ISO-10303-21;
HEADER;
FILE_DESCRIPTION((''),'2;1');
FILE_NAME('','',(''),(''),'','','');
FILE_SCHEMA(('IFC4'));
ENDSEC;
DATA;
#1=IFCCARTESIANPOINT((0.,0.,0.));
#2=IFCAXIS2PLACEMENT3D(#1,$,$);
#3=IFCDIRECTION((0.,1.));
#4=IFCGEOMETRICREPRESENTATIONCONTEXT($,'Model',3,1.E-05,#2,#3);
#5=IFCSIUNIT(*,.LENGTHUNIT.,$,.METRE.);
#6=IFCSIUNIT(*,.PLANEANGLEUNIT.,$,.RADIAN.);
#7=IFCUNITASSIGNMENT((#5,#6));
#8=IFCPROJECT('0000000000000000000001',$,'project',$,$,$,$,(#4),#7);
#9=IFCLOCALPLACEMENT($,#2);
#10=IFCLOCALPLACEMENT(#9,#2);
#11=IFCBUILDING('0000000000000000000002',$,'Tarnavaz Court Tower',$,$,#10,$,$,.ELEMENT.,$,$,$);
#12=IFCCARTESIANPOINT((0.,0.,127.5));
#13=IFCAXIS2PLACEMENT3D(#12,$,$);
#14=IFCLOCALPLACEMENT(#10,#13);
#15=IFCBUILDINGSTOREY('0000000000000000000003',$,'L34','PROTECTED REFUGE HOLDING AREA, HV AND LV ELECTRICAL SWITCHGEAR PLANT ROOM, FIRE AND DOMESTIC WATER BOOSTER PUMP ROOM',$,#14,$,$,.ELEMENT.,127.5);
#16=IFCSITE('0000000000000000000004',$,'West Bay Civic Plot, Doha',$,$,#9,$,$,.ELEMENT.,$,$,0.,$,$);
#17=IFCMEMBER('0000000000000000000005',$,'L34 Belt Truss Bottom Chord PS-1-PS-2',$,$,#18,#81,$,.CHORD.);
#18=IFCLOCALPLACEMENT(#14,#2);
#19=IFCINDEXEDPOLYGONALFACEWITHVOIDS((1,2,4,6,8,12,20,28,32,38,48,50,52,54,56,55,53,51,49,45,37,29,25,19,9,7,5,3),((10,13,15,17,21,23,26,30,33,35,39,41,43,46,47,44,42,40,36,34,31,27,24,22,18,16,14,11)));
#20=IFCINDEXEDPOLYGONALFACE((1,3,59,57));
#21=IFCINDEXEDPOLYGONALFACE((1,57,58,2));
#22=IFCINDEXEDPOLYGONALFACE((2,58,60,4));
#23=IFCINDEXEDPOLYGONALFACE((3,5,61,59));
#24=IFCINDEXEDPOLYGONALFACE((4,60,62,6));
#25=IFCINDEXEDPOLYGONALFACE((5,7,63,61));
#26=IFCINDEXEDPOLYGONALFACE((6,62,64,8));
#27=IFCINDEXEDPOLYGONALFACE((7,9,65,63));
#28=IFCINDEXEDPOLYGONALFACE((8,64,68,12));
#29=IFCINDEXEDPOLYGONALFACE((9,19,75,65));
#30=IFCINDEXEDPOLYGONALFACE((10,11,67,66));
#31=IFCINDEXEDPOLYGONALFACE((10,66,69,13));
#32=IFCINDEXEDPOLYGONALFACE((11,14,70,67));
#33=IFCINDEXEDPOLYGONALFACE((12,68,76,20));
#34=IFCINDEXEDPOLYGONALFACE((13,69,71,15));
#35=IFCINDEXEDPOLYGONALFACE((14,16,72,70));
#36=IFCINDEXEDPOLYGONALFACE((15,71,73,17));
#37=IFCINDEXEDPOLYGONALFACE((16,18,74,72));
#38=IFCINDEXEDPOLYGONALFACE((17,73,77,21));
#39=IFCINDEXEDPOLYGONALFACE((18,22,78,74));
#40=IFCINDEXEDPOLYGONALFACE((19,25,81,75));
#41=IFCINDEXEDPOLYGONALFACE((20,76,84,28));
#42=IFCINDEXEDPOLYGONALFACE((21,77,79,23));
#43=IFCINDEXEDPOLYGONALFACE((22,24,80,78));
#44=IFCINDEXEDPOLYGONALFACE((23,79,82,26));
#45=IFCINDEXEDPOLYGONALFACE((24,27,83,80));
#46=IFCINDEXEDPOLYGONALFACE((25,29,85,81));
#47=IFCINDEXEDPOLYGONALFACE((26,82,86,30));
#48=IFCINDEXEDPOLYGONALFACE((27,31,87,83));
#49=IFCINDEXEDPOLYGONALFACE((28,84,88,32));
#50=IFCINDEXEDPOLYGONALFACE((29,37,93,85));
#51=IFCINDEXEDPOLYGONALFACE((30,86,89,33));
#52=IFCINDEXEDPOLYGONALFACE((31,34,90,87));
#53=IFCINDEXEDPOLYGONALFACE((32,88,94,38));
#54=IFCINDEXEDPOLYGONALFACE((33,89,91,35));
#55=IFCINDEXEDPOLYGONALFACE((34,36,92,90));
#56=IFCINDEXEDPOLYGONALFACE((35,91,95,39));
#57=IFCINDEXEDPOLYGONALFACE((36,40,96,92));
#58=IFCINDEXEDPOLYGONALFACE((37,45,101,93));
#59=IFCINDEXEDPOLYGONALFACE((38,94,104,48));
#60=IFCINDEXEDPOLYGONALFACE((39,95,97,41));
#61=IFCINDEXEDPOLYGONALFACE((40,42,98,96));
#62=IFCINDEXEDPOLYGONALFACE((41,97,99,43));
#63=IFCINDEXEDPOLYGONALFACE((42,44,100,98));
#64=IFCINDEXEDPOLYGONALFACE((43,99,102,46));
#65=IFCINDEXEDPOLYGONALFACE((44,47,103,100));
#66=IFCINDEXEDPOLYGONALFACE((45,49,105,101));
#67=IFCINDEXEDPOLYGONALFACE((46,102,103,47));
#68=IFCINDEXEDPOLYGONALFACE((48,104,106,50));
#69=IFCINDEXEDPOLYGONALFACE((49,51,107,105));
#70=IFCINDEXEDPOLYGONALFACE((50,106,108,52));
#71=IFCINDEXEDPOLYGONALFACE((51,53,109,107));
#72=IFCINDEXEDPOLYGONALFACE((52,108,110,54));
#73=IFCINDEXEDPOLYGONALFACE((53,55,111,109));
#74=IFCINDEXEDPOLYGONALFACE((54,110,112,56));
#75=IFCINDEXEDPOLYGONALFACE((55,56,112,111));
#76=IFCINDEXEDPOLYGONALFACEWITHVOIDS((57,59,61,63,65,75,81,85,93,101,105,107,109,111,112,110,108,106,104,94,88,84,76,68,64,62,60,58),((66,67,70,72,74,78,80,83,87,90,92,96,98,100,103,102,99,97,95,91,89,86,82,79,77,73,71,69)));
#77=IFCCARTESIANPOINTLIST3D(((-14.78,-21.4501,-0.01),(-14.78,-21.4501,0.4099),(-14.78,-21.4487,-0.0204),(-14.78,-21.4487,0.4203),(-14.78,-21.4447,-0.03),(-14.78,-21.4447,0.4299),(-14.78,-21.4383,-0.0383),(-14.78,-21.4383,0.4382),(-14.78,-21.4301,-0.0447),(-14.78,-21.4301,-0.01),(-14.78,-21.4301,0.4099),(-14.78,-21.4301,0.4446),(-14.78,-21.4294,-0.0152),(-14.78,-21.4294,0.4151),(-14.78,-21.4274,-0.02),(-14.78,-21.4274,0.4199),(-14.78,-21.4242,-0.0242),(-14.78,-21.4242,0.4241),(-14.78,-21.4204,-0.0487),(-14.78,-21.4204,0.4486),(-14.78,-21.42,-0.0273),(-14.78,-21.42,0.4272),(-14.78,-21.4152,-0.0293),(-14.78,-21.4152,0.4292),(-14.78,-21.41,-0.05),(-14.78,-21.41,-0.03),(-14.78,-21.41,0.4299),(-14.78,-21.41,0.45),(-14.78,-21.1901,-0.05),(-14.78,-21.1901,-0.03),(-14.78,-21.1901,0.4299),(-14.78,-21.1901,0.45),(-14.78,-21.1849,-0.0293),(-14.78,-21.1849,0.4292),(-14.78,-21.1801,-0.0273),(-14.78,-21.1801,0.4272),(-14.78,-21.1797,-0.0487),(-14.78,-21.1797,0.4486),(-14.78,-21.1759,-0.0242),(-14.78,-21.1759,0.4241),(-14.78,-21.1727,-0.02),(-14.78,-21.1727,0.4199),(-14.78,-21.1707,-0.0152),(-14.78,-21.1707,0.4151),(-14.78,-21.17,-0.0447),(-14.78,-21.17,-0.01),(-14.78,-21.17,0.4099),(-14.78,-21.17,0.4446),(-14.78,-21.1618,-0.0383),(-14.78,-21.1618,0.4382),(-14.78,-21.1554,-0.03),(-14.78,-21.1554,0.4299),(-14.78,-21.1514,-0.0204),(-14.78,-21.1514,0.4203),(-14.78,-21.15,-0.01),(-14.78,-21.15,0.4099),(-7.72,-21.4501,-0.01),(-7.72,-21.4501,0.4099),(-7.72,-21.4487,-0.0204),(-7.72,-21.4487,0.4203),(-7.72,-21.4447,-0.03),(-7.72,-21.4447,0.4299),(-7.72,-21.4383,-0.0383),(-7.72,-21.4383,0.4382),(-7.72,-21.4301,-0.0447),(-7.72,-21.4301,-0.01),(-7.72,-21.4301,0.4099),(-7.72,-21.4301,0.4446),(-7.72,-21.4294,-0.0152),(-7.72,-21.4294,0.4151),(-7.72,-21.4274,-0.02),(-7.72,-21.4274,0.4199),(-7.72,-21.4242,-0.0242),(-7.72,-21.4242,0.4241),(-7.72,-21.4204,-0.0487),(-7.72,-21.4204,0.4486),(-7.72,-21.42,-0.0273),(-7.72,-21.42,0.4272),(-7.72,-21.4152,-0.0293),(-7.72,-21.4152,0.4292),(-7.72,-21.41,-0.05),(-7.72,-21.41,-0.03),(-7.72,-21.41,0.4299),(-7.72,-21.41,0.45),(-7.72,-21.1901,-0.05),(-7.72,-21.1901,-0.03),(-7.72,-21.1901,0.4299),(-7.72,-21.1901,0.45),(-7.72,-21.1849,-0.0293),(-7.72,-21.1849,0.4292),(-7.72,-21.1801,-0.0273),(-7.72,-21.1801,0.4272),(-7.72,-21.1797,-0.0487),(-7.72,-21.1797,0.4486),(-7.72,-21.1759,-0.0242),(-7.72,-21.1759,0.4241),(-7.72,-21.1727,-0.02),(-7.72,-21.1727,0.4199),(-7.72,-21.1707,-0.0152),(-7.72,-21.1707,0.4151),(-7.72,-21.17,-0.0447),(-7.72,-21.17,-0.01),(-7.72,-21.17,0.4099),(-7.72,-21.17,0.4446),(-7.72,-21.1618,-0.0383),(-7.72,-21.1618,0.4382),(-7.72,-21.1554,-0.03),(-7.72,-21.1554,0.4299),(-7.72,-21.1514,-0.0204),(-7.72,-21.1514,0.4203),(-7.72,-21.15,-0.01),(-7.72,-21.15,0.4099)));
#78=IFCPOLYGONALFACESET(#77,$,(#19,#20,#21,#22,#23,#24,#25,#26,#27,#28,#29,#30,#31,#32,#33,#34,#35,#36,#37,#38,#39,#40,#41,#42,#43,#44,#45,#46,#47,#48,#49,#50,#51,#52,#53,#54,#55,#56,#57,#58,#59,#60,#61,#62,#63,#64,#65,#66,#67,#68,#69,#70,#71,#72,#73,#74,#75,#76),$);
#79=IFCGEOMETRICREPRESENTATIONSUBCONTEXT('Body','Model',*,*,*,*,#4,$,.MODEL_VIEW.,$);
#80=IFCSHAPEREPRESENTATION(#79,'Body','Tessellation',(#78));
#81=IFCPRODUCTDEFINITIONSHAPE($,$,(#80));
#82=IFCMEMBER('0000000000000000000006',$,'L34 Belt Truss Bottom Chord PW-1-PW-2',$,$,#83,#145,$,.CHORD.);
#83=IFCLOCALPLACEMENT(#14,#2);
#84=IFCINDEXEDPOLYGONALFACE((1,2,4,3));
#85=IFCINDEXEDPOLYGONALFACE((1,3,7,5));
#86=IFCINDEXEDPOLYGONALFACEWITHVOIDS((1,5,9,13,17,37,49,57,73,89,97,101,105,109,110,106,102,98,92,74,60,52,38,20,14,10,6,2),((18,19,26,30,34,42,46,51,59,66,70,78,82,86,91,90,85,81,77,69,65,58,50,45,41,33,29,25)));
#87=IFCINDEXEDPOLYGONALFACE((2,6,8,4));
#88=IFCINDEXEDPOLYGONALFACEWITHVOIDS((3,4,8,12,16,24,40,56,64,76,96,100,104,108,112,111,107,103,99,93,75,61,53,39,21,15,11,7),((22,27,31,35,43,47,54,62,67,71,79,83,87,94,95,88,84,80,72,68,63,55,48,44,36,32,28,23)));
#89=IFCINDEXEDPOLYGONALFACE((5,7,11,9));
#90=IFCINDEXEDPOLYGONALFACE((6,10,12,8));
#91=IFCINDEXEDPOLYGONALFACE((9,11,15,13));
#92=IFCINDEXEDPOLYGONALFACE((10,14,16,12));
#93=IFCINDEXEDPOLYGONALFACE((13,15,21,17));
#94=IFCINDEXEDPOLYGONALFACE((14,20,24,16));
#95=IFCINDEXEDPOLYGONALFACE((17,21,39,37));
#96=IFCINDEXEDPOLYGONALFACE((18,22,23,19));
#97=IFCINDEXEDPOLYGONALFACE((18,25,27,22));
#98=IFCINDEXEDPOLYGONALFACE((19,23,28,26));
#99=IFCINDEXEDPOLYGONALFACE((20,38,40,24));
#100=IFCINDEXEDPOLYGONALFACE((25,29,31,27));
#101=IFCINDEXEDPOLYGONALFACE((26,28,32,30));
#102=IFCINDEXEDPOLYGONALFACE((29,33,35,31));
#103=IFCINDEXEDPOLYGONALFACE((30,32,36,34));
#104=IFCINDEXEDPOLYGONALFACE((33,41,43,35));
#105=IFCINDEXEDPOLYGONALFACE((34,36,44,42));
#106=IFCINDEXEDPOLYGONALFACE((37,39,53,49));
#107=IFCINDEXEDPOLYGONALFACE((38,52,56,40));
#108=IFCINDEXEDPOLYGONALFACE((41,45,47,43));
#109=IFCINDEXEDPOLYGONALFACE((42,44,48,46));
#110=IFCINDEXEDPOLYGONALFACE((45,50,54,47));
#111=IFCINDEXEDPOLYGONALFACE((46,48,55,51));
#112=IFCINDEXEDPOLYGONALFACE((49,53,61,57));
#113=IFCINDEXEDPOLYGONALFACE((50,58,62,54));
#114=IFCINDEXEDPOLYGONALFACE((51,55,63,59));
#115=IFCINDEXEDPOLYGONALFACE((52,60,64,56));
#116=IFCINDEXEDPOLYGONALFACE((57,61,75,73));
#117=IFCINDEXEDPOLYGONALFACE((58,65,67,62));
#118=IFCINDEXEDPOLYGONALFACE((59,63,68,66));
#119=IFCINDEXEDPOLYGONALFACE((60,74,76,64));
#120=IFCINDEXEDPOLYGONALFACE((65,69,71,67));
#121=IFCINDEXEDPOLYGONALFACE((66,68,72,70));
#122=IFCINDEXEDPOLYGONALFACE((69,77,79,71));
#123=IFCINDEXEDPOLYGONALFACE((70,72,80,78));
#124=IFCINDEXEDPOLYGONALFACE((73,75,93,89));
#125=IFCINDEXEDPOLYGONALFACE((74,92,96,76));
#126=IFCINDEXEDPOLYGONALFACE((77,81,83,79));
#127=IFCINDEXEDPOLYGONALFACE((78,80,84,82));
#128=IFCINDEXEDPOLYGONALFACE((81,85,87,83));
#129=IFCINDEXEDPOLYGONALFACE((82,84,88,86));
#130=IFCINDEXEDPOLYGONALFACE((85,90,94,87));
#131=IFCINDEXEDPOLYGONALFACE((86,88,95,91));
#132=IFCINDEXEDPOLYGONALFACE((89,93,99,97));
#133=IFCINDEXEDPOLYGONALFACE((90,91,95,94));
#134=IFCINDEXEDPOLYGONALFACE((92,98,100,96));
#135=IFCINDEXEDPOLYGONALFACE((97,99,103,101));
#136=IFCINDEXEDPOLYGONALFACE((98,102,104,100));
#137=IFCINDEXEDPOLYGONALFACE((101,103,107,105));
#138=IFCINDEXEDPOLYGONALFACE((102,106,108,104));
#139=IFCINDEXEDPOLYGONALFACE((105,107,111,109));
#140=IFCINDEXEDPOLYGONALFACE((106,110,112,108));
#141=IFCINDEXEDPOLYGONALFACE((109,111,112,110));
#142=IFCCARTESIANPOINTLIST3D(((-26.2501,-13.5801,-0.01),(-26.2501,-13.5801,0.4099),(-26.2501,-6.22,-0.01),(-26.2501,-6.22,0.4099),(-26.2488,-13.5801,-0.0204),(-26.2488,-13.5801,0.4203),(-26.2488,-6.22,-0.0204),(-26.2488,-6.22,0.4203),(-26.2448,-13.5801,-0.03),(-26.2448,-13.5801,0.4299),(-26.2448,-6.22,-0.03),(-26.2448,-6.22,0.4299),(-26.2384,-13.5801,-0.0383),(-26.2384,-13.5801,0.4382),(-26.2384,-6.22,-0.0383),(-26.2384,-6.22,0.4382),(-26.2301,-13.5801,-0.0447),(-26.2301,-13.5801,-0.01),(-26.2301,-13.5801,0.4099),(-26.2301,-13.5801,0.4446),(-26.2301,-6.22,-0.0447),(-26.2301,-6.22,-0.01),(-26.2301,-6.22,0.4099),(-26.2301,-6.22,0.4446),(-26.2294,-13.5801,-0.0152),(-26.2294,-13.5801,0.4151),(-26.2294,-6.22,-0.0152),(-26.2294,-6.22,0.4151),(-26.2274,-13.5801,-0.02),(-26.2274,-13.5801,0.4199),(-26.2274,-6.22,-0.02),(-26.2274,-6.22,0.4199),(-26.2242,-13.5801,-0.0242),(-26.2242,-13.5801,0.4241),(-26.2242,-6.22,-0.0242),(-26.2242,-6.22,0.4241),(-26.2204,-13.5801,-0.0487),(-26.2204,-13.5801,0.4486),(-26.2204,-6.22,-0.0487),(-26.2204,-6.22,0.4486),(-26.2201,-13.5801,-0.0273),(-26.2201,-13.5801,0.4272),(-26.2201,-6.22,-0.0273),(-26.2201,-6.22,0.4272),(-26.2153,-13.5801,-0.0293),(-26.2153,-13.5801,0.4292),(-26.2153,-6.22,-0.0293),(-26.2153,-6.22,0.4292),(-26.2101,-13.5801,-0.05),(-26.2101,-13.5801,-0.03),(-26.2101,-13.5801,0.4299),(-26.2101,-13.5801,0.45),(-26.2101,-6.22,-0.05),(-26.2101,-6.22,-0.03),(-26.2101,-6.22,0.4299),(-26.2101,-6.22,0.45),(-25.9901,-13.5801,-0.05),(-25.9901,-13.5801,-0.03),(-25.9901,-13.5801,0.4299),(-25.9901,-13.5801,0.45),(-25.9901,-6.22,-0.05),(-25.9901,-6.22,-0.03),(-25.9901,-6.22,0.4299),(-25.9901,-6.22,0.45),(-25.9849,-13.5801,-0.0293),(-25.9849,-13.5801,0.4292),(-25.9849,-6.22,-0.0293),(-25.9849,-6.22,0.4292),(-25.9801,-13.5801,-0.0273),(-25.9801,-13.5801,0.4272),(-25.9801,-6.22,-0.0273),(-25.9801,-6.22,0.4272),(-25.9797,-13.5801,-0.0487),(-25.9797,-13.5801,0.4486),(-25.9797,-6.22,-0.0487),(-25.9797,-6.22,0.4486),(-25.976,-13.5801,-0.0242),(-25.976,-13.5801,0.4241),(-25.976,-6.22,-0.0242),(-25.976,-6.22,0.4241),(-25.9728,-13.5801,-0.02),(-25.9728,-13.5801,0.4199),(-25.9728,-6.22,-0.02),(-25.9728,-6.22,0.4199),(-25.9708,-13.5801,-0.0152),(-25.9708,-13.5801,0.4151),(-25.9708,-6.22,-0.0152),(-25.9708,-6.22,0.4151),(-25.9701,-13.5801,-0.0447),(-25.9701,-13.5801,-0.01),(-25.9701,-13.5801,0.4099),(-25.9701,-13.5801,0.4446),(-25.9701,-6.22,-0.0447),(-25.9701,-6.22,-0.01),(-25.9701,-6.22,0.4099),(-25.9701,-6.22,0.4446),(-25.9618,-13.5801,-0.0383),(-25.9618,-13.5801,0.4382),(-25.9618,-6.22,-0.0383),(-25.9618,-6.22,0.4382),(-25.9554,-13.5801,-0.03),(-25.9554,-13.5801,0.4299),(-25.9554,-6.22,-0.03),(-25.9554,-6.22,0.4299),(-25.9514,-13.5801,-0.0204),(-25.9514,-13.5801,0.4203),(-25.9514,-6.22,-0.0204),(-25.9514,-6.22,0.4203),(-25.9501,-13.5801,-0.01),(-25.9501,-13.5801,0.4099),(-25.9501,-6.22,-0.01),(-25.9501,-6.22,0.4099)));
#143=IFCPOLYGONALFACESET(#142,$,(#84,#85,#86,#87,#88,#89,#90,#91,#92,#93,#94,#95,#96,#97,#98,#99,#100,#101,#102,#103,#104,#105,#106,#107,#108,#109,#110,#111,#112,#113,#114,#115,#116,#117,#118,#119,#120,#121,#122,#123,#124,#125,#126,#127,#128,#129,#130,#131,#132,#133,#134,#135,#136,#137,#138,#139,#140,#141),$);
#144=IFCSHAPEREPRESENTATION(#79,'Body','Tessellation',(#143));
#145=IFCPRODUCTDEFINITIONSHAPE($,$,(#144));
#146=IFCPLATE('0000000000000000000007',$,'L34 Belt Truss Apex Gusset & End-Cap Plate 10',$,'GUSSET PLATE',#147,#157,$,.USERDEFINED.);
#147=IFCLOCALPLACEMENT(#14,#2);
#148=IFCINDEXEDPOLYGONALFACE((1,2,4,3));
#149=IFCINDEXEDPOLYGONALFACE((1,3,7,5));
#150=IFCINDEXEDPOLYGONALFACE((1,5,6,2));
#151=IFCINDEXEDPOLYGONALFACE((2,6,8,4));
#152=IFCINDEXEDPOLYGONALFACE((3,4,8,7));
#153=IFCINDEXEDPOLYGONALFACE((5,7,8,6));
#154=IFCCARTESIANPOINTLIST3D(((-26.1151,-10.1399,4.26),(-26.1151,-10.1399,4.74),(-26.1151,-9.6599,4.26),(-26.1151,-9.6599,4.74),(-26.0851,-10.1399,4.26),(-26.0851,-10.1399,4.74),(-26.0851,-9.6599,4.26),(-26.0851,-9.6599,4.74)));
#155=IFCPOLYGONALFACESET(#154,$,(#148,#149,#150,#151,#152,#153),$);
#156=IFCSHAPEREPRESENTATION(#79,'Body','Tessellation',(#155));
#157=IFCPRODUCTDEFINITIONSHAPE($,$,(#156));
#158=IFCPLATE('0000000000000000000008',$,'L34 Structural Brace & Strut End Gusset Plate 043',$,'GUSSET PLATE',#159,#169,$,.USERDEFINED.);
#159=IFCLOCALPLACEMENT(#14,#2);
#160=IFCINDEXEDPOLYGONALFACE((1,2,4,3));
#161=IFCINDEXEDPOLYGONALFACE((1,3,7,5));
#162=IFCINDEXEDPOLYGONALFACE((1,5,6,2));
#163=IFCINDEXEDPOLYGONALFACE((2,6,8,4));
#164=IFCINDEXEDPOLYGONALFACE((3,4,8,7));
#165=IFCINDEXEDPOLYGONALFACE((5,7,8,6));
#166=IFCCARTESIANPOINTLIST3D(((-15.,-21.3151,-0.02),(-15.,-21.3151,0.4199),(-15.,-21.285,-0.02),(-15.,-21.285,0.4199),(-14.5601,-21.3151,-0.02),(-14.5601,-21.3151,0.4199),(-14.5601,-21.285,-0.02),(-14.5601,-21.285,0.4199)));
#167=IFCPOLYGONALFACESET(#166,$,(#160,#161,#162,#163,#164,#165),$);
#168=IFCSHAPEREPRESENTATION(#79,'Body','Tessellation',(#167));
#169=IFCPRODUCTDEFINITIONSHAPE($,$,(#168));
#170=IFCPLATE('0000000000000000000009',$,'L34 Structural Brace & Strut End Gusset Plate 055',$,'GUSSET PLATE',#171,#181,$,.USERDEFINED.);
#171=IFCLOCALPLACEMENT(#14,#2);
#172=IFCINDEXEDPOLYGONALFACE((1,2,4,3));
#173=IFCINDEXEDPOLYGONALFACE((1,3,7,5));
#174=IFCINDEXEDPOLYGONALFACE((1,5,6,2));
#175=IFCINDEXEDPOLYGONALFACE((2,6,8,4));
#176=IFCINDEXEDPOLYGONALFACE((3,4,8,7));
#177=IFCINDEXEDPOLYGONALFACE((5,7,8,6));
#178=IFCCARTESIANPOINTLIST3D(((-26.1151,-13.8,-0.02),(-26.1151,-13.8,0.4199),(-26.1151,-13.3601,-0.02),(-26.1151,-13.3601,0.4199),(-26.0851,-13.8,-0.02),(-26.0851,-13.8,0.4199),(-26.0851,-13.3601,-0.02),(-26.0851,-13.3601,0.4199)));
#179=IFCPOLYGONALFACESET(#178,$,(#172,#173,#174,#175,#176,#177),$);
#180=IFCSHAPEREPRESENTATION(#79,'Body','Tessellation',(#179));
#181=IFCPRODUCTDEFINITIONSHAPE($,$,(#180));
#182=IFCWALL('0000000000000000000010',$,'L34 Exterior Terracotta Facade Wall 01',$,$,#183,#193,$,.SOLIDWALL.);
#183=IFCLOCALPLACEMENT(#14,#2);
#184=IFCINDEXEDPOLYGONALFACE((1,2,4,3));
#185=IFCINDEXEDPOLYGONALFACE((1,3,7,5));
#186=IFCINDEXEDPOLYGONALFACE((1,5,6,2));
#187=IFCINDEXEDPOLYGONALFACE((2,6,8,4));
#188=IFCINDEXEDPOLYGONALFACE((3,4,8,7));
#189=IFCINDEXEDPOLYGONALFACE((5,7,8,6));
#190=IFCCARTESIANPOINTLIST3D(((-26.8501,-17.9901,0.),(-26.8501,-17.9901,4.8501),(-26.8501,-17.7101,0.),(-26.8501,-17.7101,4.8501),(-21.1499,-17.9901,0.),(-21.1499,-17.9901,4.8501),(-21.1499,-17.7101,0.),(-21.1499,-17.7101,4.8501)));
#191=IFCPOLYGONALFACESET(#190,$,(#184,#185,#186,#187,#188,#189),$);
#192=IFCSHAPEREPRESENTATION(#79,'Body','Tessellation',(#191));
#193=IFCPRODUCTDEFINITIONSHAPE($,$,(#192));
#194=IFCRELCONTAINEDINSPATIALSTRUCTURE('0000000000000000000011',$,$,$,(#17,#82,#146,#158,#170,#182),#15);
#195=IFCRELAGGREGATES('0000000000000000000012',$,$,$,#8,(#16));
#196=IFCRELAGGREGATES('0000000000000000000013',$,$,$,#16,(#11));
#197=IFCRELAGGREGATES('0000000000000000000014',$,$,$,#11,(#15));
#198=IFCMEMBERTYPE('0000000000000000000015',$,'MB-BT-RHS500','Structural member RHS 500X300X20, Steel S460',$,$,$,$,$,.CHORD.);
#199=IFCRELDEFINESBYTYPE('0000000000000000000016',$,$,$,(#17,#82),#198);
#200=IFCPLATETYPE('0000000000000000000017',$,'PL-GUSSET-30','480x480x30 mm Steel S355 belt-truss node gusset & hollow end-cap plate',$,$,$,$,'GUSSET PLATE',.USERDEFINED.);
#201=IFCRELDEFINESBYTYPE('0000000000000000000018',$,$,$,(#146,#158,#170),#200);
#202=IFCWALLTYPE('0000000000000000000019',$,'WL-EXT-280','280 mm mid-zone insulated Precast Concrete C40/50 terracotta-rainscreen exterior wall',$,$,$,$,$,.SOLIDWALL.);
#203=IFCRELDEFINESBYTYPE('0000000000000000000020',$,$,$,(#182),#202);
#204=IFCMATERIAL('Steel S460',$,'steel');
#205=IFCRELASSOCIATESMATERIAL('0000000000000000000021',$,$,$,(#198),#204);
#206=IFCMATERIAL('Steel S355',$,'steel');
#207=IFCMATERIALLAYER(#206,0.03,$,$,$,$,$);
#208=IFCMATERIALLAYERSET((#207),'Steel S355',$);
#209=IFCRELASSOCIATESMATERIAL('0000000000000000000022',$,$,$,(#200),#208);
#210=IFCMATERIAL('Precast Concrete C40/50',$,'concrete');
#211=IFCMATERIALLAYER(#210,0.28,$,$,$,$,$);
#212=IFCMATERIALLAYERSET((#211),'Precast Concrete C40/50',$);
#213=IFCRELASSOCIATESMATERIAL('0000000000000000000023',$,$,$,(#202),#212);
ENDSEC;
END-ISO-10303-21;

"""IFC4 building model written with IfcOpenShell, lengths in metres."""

from ifc_helpers import new_model, si_unit, direction, frame, frame_2d, origin, origin_2d, place, context, subcontext, project, spatial, rectangle, hollow_rectangle, extrude, material, layer, layer_set, material_profile, profile_set, type_object, element, save


model = new_model("IFC4")

# Units and contexts
model_context = context("Model", 3, precision=1e-05, world=origin(), true_north=direction((0.0, 1.0)))
body_context = subcontext(model_context, "Body", "Model", "MODEL_VIEW")
ifc_project = project(units=[si_unit("LENGTHUNIT", "METRE"), si_unit("PLANEANGLEUNIT", "RADIAN")], contexts=[model_context])

# Site, building, storey
site_placement = place(None, origin())
site = spatial("IfcSite", under=ifc_project, at=site_placement, Name="West Bay Civic Plot, Doha", CompositionType="ELEMENT", RefElevation=0.0)
building_placement = place(site_placement, origin())
building = spatial("IfcBuilding", under=site, at=building_placement, Name="Tarnavaz Court Tower", CompositionType="ELEMENT")
storey_placement = place(building_placement, frame((0.0, 0.0, 127.5)))
storey = spatial("IfcBuildingStorey", under=building, at=storey_placement, Name="L34", Description="PROTECTED REFUGE HOLDING AREA, HV AND LV ELECTRICAL SWITCHGEAR PLANT ROOM, FIRE AND DOMESTIC WATER BOOSTER PUMP ROOM", CompositionType="ELEMENT", Elevation=127.5)

# Shared definitions
ifc_material_1 = material(Name="Steel S460", Category="steel")

# Shared definitions
ifc_material_2 = material(Name="Steel S355", Category="steel")

# Members
ifc_material_profile_1 = material_profile(ifc_material_1, hollow_rectangle(XDim=0.3, YDim=0.5, WallThickness=0.02, InnerFilletRadius=0.02, OuterFilletRadius=0.04, at=origin_2d()), Name="RHS 500X300X20")
ifc_profile_set_1 = profile_set([ifc_material_profile_1], Name="Steel S460")
member_type_1 = type_object("IfcMemberType", Name="MB-BT-RHS500", Description="Structural member RHS 500X300X20, Steel S460", PredefinedType="CHORD", material=ifc_profile_set_1)
member_1_placement = place(storey_placement, frame((-14.78, -21.3, 0.2), z_axis=(1.0, 0.0, 0.0), x_axis=(0.0, 1.0, 0.0)))
element("IfcMember", 1, at=member_1_placement, inside=storey, type_object=member_type_1, Name="L34 Belt Truss Bottom Chord PS-1-PS-2", PredefinedType="CHORD", context=body_context, shape_type="SweptSolid", body=[
    extrude(hollow_rectangle(XDim=0.3, YDim=0.5, WallThickness=0.02, InnerFilletRadius=0.02, OuterFilletRadius=0.04, at=origin_2d()), origin(), (0.0, 0.0, 1.0), 7.0601),
])
member_2_placement = place(storey_placement, frame((-26.1001, -13.5801, 0.2), z_axis=(0.0, 1.0, 0.0), x_axis=(-1.0, 0.0, 0.0)))
element("IfcMember", 2, at=member_2_placement, inside=storey, type_object=member_type_1, Name="L34 Belt Truss Bottom Chord PW-1-PW-2", PredefinedType="CHORD", context=body_context, shape_type="SweptSolid", body=[
    extrude(hollow_rectangle(XDim=0.3, YDim=0.5, WallThickness=0.02, InnerFilletRadius=0.02, OuterFilletRadius=0.04, at=origin_2d()), origin(), (0.0, 0.0, 1.0), 7.3601),
])

# Plates
ifc_layer_1 = layer(ifc_material_2, 0.03)
ifc_layer_set_1 = layer_set([ifc_layer_1], Name="Steel S355")
plate_type = type_object("IfcPlateType", Name="PL-GUSSET-30", Description="480x480x30 mm Steel S355 belt-truss node gusset & hollow end-cap plate", ElementType="GUSSET PLATE", PredefinedType="USERDEFINED", material=ifc_layer_set_1)
plate_placement = place(storey_placement, frame((-26.1001, -9.8999, 4.26), z_axis=(0.0, 0.0, 1.0), x_axis=(0.0, 1.0, 0.0)))
element("IfcPlate", 3, at=plate_placement, inside=storey, type_object=plate_type, Name="L34 Belt Truss Apex Gusset & End-Cap Plate 10", ObjectType="GUSSET PLATE", PredefinedType="USERDEFINED", context=body_context, shape_type="SweptSolid", body=[
    extrude(rectangle(XDim=0.48, YDim=0.03, at=origin_2d()), origin(), (0.0, 0.0, 1.0), 0.48),
])
for number, where, z_axis, x_axis, name in (
    (4, (-14.78, -21.3, -0.02), (0.0, 0.0, 1.0), (1.0, 0.0, 0.0), "L34 Structural Brace & Strut End Gusset Plate 043"),
    (5, (-26.1001, -13.5801, -0.02), (0.0, 0.0, 1.0), (0.0, 1.0, 0.0), "L34 Structural Brace & Strut End Gusset Plate 055"),
):
    element("IfcPlate", number, at=place(storey_placement, frame(where, z_axis=z_axis, x_axis=x_axis)), inside=storey, type_object=plate_type, Name=name, ObjectType="GUSSET PLATE", PredefinedType="USERDEFINED", context=body_context, shape_type="SweptSolid", body=[
        extrude(rectangle(XDim=0.4399, YDim=0.03, at=origin_2d()), origin(), (0.0, 0.0, 1.0), 0.4399),
    ])

# Wall
ifc_material_3 = material(Name="Precast Concrete C40/50", Category="concrete")
ifc_layer_2 = layer(ifc_material_3, 0.28)
ifc_layer_set_2 = layer_set([ifc_layer_2], Name="Precast Concrete C40/50")
wall_type_1 = type_object("IfcWallType", Name="WL-EXT-280", Description="280 mm mid-zone insulated Precast Concrete C40/50 terracotta-rainscreen exterior wall", PredefinedType="SOLIDWALL", material=ifc_layer_set_2)
wall_1_placement = place(storey_placement, frame((-21.1499, -17.8501, 0.0), z_axis=(0.0, 0.0, 1.0), x_axis=(-1.0, 0.0, 0.0)))
element("IfcWall", 6, at=wall_1_placement, inside=storey, type_object=wall_type_1, Name="L34 Exterior Terracotta Facade Wall 01", PredefinedType="SOLIDWALL", context=body_context, shape_type="SweptSolid", body=[
    extrude(rectangle(XDim=5.7002, YDim=0.28, at=frame_2d((2.8501, 0.0))), origin(), (0.0, 0.0, 1.0), 4.8501),
])

save(model, "model.ifc")
